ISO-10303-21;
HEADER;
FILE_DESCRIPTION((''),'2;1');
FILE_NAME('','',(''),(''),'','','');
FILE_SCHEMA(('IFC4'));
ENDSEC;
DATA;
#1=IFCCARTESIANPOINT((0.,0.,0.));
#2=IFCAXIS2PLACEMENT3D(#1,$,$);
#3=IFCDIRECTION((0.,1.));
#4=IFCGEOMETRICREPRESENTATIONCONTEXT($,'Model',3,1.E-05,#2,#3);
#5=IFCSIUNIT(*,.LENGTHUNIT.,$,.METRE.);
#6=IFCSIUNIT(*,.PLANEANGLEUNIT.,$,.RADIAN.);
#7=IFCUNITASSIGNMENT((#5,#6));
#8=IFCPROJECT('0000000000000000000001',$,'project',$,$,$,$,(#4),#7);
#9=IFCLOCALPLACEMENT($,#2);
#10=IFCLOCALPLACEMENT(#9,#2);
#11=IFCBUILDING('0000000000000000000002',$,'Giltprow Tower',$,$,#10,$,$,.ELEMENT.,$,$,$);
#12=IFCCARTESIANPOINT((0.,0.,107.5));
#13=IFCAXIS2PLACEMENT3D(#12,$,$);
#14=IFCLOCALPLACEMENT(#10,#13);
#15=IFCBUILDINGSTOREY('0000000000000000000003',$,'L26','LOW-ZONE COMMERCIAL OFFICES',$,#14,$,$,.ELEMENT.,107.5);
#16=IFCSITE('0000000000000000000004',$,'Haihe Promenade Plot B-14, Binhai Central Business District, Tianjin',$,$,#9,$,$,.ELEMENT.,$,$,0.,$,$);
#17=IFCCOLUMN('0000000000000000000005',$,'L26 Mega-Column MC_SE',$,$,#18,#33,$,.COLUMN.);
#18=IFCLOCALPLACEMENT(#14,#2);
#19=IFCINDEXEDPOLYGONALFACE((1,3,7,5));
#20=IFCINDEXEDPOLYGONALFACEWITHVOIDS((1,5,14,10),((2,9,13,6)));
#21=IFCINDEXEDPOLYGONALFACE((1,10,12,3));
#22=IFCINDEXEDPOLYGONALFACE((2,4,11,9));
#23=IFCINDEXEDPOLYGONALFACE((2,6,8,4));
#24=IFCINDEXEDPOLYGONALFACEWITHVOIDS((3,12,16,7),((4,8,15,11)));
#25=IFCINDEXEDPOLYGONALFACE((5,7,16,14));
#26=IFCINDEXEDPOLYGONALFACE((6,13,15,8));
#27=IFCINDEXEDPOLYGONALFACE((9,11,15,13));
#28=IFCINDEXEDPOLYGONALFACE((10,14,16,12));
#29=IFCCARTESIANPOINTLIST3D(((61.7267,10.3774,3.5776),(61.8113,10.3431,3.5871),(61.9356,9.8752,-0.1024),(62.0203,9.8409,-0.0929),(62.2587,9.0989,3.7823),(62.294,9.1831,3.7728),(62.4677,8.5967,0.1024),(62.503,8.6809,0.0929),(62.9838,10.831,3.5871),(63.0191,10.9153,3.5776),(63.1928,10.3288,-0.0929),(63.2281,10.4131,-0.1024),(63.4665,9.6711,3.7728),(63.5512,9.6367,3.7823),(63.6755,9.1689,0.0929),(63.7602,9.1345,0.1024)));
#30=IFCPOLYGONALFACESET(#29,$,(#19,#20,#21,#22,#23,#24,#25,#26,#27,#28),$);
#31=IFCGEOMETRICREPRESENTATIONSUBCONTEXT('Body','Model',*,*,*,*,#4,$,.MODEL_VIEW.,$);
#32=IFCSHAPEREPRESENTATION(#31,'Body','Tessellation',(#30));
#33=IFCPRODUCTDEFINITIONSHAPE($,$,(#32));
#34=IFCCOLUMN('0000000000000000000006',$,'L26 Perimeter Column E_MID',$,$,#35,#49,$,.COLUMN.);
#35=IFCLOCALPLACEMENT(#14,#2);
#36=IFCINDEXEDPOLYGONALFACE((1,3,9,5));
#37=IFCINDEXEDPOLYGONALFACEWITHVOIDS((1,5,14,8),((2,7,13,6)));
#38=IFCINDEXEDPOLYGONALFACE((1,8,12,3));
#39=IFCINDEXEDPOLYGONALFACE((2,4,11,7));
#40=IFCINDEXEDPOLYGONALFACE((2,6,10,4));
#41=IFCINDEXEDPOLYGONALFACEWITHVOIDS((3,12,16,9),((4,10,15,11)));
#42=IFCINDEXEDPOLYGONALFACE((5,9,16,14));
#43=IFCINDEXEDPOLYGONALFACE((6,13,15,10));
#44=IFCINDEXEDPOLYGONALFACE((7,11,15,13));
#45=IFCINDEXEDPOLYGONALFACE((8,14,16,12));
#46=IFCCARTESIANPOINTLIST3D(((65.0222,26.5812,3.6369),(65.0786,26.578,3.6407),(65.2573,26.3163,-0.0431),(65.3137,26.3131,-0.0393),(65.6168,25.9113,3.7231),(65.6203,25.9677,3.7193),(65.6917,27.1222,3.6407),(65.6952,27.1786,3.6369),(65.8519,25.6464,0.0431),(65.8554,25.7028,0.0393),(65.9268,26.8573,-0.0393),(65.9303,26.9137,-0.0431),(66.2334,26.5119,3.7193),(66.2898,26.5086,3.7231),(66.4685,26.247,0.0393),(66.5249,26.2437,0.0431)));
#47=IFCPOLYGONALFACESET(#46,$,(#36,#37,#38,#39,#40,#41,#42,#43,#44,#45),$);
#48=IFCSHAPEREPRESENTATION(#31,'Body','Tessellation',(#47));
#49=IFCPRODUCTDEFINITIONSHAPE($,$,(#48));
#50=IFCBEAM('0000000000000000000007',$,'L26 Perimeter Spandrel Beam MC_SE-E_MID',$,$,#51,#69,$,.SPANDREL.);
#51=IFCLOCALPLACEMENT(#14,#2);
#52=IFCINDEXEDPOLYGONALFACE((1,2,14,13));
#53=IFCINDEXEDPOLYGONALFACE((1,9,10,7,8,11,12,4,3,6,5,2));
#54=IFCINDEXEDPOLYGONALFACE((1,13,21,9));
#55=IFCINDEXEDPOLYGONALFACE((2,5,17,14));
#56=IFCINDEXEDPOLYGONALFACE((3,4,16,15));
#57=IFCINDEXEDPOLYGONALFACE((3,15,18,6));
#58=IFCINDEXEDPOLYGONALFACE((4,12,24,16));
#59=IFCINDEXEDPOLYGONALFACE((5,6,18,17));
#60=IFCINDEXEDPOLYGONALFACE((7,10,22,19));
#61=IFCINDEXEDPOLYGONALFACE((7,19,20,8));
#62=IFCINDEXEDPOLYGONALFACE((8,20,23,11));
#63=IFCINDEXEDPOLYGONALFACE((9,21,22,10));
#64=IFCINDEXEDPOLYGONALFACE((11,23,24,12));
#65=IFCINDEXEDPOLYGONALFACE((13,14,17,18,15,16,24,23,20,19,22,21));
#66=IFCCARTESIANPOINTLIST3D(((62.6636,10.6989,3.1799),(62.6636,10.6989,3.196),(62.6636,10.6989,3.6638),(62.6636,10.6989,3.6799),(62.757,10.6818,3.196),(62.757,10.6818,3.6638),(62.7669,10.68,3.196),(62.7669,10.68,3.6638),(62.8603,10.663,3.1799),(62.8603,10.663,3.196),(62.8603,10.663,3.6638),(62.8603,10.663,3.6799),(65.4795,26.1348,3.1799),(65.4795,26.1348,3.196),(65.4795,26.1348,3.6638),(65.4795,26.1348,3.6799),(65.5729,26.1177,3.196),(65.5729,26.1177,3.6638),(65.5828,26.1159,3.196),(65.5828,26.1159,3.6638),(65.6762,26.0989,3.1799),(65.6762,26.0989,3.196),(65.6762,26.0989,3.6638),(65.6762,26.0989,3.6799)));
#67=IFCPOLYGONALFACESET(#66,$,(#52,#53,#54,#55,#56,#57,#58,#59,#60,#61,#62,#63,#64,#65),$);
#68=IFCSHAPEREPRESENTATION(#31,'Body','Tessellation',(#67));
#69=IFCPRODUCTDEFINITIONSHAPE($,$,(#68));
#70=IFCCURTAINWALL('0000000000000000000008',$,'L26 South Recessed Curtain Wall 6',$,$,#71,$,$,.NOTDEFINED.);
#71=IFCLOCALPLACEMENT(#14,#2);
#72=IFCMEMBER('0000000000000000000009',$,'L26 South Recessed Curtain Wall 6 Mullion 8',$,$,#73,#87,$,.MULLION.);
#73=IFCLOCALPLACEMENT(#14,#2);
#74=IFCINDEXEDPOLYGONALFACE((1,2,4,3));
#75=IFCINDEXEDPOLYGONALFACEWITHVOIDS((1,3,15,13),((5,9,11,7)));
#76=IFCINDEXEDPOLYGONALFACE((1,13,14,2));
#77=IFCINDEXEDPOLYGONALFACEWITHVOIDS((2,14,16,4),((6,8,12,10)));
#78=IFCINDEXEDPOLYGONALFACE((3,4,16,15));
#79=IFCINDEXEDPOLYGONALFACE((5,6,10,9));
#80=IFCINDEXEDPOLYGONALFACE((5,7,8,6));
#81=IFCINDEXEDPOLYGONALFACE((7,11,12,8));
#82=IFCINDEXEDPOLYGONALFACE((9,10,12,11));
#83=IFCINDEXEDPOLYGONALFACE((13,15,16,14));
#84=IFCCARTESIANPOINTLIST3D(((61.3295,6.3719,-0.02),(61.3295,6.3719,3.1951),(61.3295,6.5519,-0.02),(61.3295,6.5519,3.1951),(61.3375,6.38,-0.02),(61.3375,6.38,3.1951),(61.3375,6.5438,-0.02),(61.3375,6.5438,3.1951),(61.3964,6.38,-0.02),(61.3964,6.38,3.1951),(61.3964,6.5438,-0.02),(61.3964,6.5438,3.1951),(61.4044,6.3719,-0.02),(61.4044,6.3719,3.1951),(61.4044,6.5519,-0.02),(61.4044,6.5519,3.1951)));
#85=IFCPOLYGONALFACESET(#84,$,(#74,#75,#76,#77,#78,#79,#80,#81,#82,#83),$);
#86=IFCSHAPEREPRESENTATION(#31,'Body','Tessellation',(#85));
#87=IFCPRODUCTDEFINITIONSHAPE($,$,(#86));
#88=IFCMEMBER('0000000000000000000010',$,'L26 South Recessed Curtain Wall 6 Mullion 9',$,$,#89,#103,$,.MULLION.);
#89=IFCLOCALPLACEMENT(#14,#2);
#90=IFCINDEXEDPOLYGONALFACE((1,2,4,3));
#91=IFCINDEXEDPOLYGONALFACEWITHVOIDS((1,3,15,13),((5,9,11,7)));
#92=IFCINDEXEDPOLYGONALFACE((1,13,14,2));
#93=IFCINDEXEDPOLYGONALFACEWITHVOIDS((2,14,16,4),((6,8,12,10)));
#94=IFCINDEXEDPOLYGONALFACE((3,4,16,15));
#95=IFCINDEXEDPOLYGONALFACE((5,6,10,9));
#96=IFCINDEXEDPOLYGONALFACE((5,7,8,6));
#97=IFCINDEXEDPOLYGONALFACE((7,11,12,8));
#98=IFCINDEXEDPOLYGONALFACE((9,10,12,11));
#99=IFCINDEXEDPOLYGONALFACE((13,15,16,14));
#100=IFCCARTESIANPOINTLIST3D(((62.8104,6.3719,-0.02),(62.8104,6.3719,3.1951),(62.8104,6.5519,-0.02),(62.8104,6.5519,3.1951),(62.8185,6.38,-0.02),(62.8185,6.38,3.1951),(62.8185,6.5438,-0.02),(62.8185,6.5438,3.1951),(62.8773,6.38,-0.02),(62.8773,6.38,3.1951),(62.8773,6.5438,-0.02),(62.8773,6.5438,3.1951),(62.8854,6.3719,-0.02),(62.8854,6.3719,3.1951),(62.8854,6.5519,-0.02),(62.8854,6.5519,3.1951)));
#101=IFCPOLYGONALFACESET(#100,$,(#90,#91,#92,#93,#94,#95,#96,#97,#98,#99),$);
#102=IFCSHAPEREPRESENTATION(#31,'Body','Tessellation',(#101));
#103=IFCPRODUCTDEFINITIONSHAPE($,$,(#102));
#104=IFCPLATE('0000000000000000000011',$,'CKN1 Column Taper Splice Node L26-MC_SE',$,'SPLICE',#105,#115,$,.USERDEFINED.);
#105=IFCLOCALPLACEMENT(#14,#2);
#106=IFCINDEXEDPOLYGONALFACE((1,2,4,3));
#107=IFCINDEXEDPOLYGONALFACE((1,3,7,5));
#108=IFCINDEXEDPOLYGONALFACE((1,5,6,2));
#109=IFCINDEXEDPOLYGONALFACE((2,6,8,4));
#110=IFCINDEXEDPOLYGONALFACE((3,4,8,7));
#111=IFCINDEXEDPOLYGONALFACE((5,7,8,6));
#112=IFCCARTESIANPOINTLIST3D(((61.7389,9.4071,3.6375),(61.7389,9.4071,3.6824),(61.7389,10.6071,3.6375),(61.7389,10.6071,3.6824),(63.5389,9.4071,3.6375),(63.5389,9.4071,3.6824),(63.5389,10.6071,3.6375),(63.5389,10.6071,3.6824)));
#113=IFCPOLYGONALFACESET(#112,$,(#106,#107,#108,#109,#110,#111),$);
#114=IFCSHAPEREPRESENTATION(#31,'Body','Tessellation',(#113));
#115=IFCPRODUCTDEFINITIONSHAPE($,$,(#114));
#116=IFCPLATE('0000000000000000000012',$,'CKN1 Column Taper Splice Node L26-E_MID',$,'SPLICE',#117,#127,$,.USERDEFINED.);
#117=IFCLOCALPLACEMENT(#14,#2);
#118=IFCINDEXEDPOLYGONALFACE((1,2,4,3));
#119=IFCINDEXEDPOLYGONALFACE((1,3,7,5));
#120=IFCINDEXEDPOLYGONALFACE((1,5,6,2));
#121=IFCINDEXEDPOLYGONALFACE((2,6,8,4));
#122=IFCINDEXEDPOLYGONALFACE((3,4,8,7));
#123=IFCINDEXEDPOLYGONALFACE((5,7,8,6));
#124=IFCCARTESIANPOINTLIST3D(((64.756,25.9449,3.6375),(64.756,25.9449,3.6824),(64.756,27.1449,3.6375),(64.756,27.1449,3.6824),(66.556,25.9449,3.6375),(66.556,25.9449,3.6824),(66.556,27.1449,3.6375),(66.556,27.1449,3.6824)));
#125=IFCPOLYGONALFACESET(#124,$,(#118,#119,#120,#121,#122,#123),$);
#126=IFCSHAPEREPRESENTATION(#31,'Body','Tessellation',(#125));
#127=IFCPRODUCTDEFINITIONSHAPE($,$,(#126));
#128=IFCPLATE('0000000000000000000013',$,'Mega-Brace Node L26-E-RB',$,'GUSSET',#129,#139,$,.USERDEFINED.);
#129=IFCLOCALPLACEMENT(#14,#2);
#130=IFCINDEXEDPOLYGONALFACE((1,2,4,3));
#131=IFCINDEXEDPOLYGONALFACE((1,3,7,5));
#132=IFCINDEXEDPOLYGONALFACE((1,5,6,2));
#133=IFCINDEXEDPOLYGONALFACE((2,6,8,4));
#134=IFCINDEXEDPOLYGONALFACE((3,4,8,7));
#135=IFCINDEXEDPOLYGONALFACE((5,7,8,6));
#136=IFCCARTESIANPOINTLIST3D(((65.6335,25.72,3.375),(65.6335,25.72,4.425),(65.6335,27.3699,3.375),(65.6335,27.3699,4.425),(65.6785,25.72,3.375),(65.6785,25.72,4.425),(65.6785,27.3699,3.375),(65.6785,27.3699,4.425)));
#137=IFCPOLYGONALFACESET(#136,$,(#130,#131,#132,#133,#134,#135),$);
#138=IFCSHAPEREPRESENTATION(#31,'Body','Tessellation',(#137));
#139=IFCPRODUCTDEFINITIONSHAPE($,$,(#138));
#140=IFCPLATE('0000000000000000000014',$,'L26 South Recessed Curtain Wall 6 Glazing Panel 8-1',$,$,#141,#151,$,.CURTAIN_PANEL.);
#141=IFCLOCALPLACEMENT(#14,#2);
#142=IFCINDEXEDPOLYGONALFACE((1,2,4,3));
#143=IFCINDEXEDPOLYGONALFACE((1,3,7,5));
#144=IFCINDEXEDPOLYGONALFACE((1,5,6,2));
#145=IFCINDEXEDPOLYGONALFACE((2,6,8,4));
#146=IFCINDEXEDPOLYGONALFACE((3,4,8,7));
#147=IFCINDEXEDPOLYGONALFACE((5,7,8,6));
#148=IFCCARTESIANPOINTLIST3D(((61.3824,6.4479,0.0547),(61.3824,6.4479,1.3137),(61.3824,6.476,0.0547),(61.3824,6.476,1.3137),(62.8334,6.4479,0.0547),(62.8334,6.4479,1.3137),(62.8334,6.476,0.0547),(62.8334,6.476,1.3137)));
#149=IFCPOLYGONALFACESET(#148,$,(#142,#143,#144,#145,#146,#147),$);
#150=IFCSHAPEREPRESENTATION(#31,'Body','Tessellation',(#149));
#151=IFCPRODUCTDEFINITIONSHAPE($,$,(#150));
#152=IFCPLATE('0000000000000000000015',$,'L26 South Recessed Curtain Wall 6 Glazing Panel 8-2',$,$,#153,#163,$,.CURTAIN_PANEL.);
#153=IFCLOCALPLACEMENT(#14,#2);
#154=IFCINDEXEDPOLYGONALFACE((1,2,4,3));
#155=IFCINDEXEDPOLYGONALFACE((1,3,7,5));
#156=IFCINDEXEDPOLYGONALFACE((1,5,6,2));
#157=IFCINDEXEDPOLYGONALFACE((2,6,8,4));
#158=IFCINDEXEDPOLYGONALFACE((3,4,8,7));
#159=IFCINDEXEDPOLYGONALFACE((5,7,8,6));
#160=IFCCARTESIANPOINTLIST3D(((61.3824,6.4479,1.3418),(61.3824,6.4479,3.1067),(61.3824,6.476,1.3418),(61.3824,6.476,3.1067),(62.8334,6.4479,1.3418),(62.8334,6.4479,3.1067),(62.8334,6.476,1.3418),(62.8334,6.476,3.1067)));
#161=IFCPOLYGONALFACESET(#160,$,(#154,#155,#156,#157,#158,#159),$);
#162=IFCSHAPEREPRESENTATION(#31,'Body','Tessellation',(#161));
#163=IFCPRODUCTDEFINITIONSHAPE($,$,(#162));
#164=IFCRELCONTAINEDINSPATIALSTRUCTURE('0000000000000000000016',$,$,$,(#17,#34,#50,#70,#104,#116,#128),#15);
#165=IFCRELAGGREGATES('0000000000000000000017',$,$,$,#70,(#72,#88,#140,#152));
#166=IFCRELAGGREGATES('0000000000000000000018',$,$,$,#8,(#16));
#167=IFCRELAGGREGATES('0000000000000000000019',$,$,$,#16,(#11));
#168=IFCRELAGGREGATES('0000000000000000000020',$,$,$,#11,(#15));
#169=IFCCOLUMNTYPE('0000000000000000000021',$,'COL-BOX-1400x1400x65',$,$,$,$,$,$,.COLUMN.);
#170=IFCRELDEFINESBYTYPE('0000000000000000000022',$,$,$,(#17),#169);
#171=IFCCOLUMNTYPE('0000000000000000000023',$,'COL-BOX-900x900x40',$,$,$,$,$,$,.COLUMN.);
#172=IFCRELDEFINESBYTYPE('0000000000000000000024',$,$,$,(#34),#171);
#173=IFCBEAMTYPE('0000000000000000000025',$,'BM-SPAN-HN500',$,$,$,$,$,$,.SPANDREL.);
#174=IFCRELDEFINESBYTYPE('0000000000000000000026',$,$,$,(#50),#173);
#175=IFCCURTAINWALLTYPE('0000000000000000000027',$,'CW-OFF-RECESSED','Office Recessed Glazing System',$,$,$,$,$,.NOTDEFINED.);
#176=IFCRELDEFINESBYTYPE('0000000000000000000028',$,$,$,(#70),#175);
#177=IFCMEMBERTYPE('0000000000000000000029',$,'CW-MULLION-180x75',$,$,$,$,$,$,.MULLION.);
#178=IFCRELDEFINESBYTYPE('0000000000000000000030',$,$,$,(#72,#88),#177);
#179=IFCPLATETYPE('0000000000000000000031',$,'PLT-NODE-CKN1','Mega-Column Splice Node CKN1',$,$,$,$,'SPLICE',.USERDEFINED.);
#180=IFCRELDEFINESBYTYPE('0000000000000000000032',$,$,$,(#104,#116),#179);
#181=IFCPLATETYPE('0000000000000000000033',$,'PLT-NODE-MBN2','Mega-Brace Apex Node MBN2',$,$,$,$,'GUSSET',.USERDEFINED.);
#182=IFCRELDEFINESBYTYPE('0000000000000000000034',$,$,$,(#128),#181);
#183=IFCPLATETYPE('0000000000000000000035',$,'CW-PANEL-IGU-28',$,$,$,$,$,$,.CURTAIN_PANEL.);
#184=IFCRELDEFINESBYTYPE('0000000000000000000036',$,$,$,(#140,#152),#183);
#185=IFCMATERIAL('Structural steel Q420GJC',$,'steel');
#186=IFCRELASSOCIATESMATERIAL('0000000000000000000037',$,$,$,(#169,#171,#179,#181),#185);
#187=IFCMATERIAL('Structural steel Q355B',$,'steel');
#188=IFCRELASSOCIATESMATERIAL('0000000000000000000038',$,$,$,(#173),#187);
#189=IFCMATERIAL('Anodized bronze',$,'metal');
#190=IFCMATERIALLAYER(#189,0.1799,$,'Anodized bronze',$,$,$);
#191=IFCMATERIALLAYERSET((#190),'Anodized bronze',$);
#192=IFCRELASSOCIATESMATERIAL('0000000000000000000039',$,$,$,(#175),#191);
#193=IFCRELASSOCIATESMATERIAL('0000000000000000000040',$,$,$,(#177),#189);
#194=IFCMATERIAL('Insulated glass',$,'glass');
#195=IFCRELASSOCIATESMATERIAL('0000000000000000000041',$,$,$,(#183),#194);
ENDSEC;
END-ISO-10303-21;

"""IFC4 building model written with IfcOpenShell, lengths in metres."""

from ifc_helpers import new_model, si_unit, direction, frame, origin, origin_2d, place, context, subcontext, project, spatial, rectangle, hollow_rectangle, i_section, extrude, source, transform, mapped, material, layer, layer_set, material_profile, profile_set, type_object, element, aggregate, save


model = new_model("IFC4")

# Units and contexts
model_context = context("Model", 3, precision=1e-05, world=origin(), true_north=direction((0.0, 1.0)))
body_context = subcontext(model_context, "Body", "Model", "MODEL_VIEW")
ifc_project = project(units=[si_unit("LENGTHUNIT", "METRE"), si_unit("PLANEANGLEUNIT", "RADIAN")], contexts=[model_context])

# Site, building, storey
site_placement = place(None, origin())
site = spatial("IfcSite", under=ifc_project, at=site_placement, Name="Haihe Promenade Plot B-14, Binhai Central Business District, Tianjin", CompositionType="ELEMENT", RefElevation=0.0)
building_placement = place(site_placement, origin())
building = spatial("IfcBuilding", under=site, at=building_placement, Name="Giltprow Tower", CompositionType="ELEMENT")
storey_placement = place(building_placement, frame((0.0, 0.0, 107.5)))
storey = spatial("IfcBuildingStorey", under=building, at=storey_placement, Name="L26", Description="LOW-ZONE COMMERCIAL OFFICES", CompositionType="ELEMENT", Elevation=107.5)

# Columns
ifc_material_1 = material(Name="Structural steel Q420GJC", Category="steel")
ifc_material_profile_1 = material_profile(ifc_material_1, hollow_rectangle(XDim=1.3999, YDim=1.3999, WallThickness=0.0649, at=origin_2d()), Name="BOX 1400x1400x65")
ifc_profile_set_1 = profile_set([ifc_material_profile_1], Name="Structural steel Q420GJC")
column_type_1 = type_object("IfcColumnType", Name="COL-BOX-1400x1400x65", PredefinedType="COLUMN", material=ifc_profile_set_1)
shared_shape_1 = source(origin(), body_context, "Body", "SweptSolid", [
    extrude(hollow_rectangle(XDim=1.3999, YDim=1.3999, WallThickness=0.0649, at=origin_2d()), origin(), (0.0, 0.0, 1.0), 3.72),
])
column_1_placement = place(storey_placement, frame((62.8479, 9.5049, 0.0), z_axis=(-0.05618, 0.135002, 0.989251), x_axis=(-0.923249, -0.384201, 0.0)))
element("IfcColumn", 1, at=column_1_placement, inside=storey, type_object=column_type_1, Name="L26 Mega-Column MC_SE", PredefinedType="COLUMN", context=body_context, shape_type="MappedRepresentation", body=[
    mapped(shared_shape_1, transform((0.0, 0.0, 0.0), x_axis=(1.0, 0.0, 0.0), y_axis=(0.0, 1.0, 0.0), z_axis=(0.0, 0.0, 1.0), scale=1.0)),
])
ifc_material_profile_2 = material_profile(ifc_material_1, hollow_rectangle(XDim=0.8999, YDim=0.8999, WallThickness=0.04, at=origin_2d()), Name="BOX 900x900x40")
ifc_profile_set_2 = profile_set([ifc_material_profile_2], Name="Structural steel Q420GJC")
column_type_2 = type_object("IfcColumnType", Name="COL-BOX-900x900x40", PredefinedType="COLUMN", material=ifc_profile_set_2)
shared_shape_2 = source(origin(), body_context, "Body", "SweptSolid", [
    extrude(hollow_rectangle(XDim=0.8999, YDim=0.8999, WallThickness=0.04, at=origin_2d()), origin(), (0.0, 0.0, 1.0), 3.697),
])
column_2_placement = place(storey_placement, frame((65.8911, 26.28, 0.0), z_axis=(-0.063595, 0.071652, 0.9954), x_axis=(-0.747904, -0.663807, 0.0)))
element("IfcColumn", 2, at=column_2_placement, inside=storey, type_object=column_type_2, Name="L26 Perimeter Column E_MID", PredefinedType="COLUMN", context=body_context, shape_type="MappedRepresentation", body=[
    mapped(shared_shape_2, transform((0.0, 0.0, 0.0), x_axis=(1.0, 0.0, 0.0), y_axis=(0.0, 1.0, 0.0), z_axis=(0.0, 0.0, 1.0), scale=1.0)),
])

# Beam
ifc_material_2 = material(Name="Structural steel Q355B", Category="steel")
ifc_material_profile_3 = material_profile(ifc_material_2, i_section(OverallWidth=0.2, OverallDepth=0.5, WebThickness=0.01, FlangeThickness=0.0161, at=origin_2d()), Name="HN 500x200x10x16")
ifc_profile_set_3 = profile_set([ifc_material_profile_3], Name="Structural steel Q355B")
beam_type = type_object("IfcBeamType", Name="BM-SPAN-HN500", PredefinedType="SPANDREL", material=ifc_profile_set_3)
shared_shape_3 = source(origin(), body_context, "Body", "SweptSolid", [
    extrude(i_section(OverallWidth=0.2, OverallDepth=0.5, WebThickness=0.01, FlangeThickness=0.0161, at=origin_2d()), origin(), (0.0, 0.0, 1.0), 15.6907),
])
beam_placement = place(storey_placement, frame((62.762, 10.6809, 3.4299), z_axis=(0.179463, 0.983765, 0.0), x_axis=(-0.983765, 0.179463, 0.0)))
element("IfcBeam", 3, at=beam_placement, inside=storey, type_object=beam_type, Name="L26 Perimeter Spandrel Beam MC_SE-E_MID", PredefinedType="SPANDREL", context=body_context, shape_type="MappedRepresentation", body=[
    mapped(shared_shape_3, transform((0.0, 0.0, 0.0), x_axis=(1.0, 0.0, 0.0), y_axis=(0.0, 1.0, 0.0), z_axis=(0.0, 0.0, 1.0), scale=1.0)),
])

# Curtain wall, members
ifc_material_3 = material(Name="Anodized bronze", Category="metal")
ifc_layer_1 = layer(ifc_material_3, 0.1799, Name="Anodized bronze")
ifc_layer_set_1 = layer_set([ifc_layer_1], Name="Anodized bronze")
curtain_wall_type = type_object("IfcCurtainWallType", Name="CW-OFF-RECESSED", Description="Office Recessed Glazing System", PredefinedType="NOTDEFINED", material=ifc_layer_set_1)
curtain_wall_placement = place(storey_placement, origin())
curtain_wall = element("IfcCurtainWall", 4, at=curtain_wall_placement, inside=storey, type_object=curtain_wall_type, Name="L26 South Recessed Curtain Wall 6", PredefinedType="NOTDEFINED")
ifc_material_profile_4 = material_profile(ifc_material_3, hollow_rectangle(XDim=0.075, YDim=0.1799, WallThickness=0.0081, at=origin_2d()), Name="RHS 180x75x8")
ifc_profile_set_4 = profile_set([ifc_material_profile_4], Name="Anodized bronze")
member_type = type_object("IfcMemberType", Name="CW-MULLION-180x75", PredefinedType="MULLION", material=ifc_profile_set_4)
shared_shape_4 = source(origin(), body_context, "Body", "SweptSolid", [
    extrude(hollow_rectangle(XDim=0.075, YDim=0.1799, WallThickness=0.0081, at=origin_2d()), origin(), (0.0, 0.0, 1.0), 3.2151),
])
member_1_placement = place(storey_placement, frame((61.3669, 6.4619, -0.02), z_axis=(0.0, 0.0, 1.0), x_axis=(1.0, 0.0, 0.0)))
member_1 = element("IfcMember", 5, at=member_1_placement, type_object=member_type, Name="L26 South Recessed Curtain Wall 6 Mullion 8", PredefinedType="MULLION", context=body_context, shape_type="MappedRepresentation", body=[
    mapped(shared_shape_4, transform((0.0, 0.0, 0.0), x_axis=(1.0, 0.0, 0.0), y_axis=(0.0, 1.0, 0.0), z_axis=(0.0, 0.0, 1.0), scale=1.0)),
])
member_2_placement = place(storey_placement, frame((62.8479, 6.4619, -0.02), z_axis=(0.0, 0.0, 1.0), x_axis=(1.0, 0.0, 0.0)))
member_2 = element("IfcMember", 6, at=member_2_placement, type_object=member_type, Name="L26 South Recessed Curtain Wall 6 Mullion 9", PredefinedType="MULLION", context=body_context, shape_type="MappedRepresentation", body=[
    mapped(shared_shape_4, transform((0.0, 0.0, 0.0), x_axis=(1.0, 0.0, 0.0), y_axis=(0.0, 1.0, 0.0), z_axis=(0.0, 0.0, 1.0), scale=1.0)),
])

# Plates
plate_type_1 = type_object("IfcPlateType", Name="PLT-NODE-CKN1", Description="Mega-Column Splice Node CKN1", ElementType="SPLICE", PredefinedType="USERDEFINED", material=ifc_material_1)
shared_shape_5 = source(origin(), body_context, "Body", "SweptSolid", [
    extrude(rectangle(XDim=1.8, YDim=1.2, at=origin_2d()), origin(), (0.0, 0.0, 1.0), 0.0449),
])
for number, where, z_axis, x_axis, name in (
    (7, (62.6389, 10.0071, 3.6375), (0.0, 0.0, 1.0), (1.0, 0.0, 0.0), "CKN1 Column Taper Splice Node L26-MC_SE"),
    (8, (65.656, 26.5449, 3.6375), (0.0, 0.0, 1.0), (1.0, 0.0, 0.0), "CKN1 Column Taper Splice Node L26-E_MID"),
):
    element("IfcPlate", number, at=place(storey_placement, frame(where, z_axis=z_axis, x_axis=x_axis)), inside=storey, type_object=plate_type_1, Name=name, ObjectType="SPLICE", PredefinedType="USERDEFINED", context=body_context, shape_type="MappedRepresentation", body=[
        mapped(shared_shape_5, transform((0.0, 0.0, 0.0), x_axis=(1.0, 0.0, 0.0), y_axis=(0.0, 1.0, 0.0), z_axis=(0.0, 0.0, 1.0), scale=1.0)),
    ])
plate_type_2 = type_object("IfcPlateType", Name="PLT-NODE-MBN2", Description="Mega-Brace Apex Node MBN2", ElementType="GUSSET", PredefinedType="USERDEFINED", material=ifc_material_1)
shared_shape_6 = source(origin(), body_context, "Body", "SweptSolid", [
    extrude(rectangle(XDim=1.6499, YDim=0.0449, at=origin_2d()), origin(), (0.0, 0.0, 1.0), 1.05),
])
plate_1_placement = place(storey_placement, frame((65.656, 26.5449, 3.375), z_axis=(0.0, 0.0, 1.0), x_axis=(0.0, 1.0, 0.0)))
element("IfcPlate", 9, at=plate_1_placement, inside=storey, type_object=plate_type_2, Name="Mega-Brace Node L26-E-RB", ObjectType="GUSSET", PredefinedType="USERDEFINED", context=body_context, shape_type="MappedRepresentation", body=[
    mapped(shared_shape_6, transform((0.0, 0.0, 0.0), x_axis=(1.0, 0.0, 0.0), y_axis=(0.0, 1.0, 0.0), z_axis=(0.0, 0.0, 1.0), scale=1.0)),
])

# Plates
ifc_material_4 = material(Name="Insulated glass", Category="glass")
plate_type_3 = type_object("IfcPlateType", Name="CW-PANEL-IGU-28", PredefinedType="CURTAIN_PANEL", material=ifc_material_4)
shared_shape_7 = source(origin(), body_context, "Body", "SweptSolid", [
    extrude(rectangle(XDim=1.4509, YDim=0.0281, at=origin_2d()), origin(), (0.0, 0.0, 1.0), 1.259),
])
plate_2_placement = place(storey_placement, frame((62.1079, 6.4619, 0.0547), z_axis=(0.0, 0.0, 1.0), x_axis=(1.0, 0.0, 0.0)))
plate_2 = element("IfcPlate", 10, at=plate_2_placement, type_object=plate_type_3, Name="L26 South Recessed Curtain Wall 6 Glazing Panel 8-1", PredefinedType="CURTAIN_PANEL", context=body_context, shape_type="MappedRepresentation", body=[
    mapped(shared_shape_7, transform((0.0, 0.0, 0.0), x_axis=(1.0, 0.0, 0.0), y_axis=(0.0, 1.0, 0.0), z_axis=(0.0, 0.0, 1.0), scale=1.0)),
])
shared_shape_8 = source(origin(), body_context, "Body", "SweptSolid", [
    extrude(rectangle(XDim=1.4509, YDim=0.0281, at=origin_2d()), origin(), (0.0, 0.0, 1.0), 1.7649),
])
plate_3_placement = place(storey_placement, frame((62.1079, 6.4619, 1.3418), z_axis=(0.0, 0.0, 1.0), x_axis=(1.0, 0.0, 0.0)))
plate_3 = element("IfcPlate", 11, at=plate_3_placement, type_object=plate_type_3, Name="L26 South Recessed Curtain Wall 6 Glazing Panel 8-2", PredefinedType="CURTAIN_PANEL", context=body_context, shape_type="MappedRepresentation", body=[
    mapped(shared_shape_8, transform((0.0, 0.0, 0.0), x_axis=(1.0, 0.0, 0.0), y_axis=(0.0, 1.0, 0.0), z_axis=(0.0, 0.0, 1.0), scale=1.0)),
])
aggregate(curtain_wall, [member_1, member_2, plate_2, plate_3])

save(model, "model.ifc")
